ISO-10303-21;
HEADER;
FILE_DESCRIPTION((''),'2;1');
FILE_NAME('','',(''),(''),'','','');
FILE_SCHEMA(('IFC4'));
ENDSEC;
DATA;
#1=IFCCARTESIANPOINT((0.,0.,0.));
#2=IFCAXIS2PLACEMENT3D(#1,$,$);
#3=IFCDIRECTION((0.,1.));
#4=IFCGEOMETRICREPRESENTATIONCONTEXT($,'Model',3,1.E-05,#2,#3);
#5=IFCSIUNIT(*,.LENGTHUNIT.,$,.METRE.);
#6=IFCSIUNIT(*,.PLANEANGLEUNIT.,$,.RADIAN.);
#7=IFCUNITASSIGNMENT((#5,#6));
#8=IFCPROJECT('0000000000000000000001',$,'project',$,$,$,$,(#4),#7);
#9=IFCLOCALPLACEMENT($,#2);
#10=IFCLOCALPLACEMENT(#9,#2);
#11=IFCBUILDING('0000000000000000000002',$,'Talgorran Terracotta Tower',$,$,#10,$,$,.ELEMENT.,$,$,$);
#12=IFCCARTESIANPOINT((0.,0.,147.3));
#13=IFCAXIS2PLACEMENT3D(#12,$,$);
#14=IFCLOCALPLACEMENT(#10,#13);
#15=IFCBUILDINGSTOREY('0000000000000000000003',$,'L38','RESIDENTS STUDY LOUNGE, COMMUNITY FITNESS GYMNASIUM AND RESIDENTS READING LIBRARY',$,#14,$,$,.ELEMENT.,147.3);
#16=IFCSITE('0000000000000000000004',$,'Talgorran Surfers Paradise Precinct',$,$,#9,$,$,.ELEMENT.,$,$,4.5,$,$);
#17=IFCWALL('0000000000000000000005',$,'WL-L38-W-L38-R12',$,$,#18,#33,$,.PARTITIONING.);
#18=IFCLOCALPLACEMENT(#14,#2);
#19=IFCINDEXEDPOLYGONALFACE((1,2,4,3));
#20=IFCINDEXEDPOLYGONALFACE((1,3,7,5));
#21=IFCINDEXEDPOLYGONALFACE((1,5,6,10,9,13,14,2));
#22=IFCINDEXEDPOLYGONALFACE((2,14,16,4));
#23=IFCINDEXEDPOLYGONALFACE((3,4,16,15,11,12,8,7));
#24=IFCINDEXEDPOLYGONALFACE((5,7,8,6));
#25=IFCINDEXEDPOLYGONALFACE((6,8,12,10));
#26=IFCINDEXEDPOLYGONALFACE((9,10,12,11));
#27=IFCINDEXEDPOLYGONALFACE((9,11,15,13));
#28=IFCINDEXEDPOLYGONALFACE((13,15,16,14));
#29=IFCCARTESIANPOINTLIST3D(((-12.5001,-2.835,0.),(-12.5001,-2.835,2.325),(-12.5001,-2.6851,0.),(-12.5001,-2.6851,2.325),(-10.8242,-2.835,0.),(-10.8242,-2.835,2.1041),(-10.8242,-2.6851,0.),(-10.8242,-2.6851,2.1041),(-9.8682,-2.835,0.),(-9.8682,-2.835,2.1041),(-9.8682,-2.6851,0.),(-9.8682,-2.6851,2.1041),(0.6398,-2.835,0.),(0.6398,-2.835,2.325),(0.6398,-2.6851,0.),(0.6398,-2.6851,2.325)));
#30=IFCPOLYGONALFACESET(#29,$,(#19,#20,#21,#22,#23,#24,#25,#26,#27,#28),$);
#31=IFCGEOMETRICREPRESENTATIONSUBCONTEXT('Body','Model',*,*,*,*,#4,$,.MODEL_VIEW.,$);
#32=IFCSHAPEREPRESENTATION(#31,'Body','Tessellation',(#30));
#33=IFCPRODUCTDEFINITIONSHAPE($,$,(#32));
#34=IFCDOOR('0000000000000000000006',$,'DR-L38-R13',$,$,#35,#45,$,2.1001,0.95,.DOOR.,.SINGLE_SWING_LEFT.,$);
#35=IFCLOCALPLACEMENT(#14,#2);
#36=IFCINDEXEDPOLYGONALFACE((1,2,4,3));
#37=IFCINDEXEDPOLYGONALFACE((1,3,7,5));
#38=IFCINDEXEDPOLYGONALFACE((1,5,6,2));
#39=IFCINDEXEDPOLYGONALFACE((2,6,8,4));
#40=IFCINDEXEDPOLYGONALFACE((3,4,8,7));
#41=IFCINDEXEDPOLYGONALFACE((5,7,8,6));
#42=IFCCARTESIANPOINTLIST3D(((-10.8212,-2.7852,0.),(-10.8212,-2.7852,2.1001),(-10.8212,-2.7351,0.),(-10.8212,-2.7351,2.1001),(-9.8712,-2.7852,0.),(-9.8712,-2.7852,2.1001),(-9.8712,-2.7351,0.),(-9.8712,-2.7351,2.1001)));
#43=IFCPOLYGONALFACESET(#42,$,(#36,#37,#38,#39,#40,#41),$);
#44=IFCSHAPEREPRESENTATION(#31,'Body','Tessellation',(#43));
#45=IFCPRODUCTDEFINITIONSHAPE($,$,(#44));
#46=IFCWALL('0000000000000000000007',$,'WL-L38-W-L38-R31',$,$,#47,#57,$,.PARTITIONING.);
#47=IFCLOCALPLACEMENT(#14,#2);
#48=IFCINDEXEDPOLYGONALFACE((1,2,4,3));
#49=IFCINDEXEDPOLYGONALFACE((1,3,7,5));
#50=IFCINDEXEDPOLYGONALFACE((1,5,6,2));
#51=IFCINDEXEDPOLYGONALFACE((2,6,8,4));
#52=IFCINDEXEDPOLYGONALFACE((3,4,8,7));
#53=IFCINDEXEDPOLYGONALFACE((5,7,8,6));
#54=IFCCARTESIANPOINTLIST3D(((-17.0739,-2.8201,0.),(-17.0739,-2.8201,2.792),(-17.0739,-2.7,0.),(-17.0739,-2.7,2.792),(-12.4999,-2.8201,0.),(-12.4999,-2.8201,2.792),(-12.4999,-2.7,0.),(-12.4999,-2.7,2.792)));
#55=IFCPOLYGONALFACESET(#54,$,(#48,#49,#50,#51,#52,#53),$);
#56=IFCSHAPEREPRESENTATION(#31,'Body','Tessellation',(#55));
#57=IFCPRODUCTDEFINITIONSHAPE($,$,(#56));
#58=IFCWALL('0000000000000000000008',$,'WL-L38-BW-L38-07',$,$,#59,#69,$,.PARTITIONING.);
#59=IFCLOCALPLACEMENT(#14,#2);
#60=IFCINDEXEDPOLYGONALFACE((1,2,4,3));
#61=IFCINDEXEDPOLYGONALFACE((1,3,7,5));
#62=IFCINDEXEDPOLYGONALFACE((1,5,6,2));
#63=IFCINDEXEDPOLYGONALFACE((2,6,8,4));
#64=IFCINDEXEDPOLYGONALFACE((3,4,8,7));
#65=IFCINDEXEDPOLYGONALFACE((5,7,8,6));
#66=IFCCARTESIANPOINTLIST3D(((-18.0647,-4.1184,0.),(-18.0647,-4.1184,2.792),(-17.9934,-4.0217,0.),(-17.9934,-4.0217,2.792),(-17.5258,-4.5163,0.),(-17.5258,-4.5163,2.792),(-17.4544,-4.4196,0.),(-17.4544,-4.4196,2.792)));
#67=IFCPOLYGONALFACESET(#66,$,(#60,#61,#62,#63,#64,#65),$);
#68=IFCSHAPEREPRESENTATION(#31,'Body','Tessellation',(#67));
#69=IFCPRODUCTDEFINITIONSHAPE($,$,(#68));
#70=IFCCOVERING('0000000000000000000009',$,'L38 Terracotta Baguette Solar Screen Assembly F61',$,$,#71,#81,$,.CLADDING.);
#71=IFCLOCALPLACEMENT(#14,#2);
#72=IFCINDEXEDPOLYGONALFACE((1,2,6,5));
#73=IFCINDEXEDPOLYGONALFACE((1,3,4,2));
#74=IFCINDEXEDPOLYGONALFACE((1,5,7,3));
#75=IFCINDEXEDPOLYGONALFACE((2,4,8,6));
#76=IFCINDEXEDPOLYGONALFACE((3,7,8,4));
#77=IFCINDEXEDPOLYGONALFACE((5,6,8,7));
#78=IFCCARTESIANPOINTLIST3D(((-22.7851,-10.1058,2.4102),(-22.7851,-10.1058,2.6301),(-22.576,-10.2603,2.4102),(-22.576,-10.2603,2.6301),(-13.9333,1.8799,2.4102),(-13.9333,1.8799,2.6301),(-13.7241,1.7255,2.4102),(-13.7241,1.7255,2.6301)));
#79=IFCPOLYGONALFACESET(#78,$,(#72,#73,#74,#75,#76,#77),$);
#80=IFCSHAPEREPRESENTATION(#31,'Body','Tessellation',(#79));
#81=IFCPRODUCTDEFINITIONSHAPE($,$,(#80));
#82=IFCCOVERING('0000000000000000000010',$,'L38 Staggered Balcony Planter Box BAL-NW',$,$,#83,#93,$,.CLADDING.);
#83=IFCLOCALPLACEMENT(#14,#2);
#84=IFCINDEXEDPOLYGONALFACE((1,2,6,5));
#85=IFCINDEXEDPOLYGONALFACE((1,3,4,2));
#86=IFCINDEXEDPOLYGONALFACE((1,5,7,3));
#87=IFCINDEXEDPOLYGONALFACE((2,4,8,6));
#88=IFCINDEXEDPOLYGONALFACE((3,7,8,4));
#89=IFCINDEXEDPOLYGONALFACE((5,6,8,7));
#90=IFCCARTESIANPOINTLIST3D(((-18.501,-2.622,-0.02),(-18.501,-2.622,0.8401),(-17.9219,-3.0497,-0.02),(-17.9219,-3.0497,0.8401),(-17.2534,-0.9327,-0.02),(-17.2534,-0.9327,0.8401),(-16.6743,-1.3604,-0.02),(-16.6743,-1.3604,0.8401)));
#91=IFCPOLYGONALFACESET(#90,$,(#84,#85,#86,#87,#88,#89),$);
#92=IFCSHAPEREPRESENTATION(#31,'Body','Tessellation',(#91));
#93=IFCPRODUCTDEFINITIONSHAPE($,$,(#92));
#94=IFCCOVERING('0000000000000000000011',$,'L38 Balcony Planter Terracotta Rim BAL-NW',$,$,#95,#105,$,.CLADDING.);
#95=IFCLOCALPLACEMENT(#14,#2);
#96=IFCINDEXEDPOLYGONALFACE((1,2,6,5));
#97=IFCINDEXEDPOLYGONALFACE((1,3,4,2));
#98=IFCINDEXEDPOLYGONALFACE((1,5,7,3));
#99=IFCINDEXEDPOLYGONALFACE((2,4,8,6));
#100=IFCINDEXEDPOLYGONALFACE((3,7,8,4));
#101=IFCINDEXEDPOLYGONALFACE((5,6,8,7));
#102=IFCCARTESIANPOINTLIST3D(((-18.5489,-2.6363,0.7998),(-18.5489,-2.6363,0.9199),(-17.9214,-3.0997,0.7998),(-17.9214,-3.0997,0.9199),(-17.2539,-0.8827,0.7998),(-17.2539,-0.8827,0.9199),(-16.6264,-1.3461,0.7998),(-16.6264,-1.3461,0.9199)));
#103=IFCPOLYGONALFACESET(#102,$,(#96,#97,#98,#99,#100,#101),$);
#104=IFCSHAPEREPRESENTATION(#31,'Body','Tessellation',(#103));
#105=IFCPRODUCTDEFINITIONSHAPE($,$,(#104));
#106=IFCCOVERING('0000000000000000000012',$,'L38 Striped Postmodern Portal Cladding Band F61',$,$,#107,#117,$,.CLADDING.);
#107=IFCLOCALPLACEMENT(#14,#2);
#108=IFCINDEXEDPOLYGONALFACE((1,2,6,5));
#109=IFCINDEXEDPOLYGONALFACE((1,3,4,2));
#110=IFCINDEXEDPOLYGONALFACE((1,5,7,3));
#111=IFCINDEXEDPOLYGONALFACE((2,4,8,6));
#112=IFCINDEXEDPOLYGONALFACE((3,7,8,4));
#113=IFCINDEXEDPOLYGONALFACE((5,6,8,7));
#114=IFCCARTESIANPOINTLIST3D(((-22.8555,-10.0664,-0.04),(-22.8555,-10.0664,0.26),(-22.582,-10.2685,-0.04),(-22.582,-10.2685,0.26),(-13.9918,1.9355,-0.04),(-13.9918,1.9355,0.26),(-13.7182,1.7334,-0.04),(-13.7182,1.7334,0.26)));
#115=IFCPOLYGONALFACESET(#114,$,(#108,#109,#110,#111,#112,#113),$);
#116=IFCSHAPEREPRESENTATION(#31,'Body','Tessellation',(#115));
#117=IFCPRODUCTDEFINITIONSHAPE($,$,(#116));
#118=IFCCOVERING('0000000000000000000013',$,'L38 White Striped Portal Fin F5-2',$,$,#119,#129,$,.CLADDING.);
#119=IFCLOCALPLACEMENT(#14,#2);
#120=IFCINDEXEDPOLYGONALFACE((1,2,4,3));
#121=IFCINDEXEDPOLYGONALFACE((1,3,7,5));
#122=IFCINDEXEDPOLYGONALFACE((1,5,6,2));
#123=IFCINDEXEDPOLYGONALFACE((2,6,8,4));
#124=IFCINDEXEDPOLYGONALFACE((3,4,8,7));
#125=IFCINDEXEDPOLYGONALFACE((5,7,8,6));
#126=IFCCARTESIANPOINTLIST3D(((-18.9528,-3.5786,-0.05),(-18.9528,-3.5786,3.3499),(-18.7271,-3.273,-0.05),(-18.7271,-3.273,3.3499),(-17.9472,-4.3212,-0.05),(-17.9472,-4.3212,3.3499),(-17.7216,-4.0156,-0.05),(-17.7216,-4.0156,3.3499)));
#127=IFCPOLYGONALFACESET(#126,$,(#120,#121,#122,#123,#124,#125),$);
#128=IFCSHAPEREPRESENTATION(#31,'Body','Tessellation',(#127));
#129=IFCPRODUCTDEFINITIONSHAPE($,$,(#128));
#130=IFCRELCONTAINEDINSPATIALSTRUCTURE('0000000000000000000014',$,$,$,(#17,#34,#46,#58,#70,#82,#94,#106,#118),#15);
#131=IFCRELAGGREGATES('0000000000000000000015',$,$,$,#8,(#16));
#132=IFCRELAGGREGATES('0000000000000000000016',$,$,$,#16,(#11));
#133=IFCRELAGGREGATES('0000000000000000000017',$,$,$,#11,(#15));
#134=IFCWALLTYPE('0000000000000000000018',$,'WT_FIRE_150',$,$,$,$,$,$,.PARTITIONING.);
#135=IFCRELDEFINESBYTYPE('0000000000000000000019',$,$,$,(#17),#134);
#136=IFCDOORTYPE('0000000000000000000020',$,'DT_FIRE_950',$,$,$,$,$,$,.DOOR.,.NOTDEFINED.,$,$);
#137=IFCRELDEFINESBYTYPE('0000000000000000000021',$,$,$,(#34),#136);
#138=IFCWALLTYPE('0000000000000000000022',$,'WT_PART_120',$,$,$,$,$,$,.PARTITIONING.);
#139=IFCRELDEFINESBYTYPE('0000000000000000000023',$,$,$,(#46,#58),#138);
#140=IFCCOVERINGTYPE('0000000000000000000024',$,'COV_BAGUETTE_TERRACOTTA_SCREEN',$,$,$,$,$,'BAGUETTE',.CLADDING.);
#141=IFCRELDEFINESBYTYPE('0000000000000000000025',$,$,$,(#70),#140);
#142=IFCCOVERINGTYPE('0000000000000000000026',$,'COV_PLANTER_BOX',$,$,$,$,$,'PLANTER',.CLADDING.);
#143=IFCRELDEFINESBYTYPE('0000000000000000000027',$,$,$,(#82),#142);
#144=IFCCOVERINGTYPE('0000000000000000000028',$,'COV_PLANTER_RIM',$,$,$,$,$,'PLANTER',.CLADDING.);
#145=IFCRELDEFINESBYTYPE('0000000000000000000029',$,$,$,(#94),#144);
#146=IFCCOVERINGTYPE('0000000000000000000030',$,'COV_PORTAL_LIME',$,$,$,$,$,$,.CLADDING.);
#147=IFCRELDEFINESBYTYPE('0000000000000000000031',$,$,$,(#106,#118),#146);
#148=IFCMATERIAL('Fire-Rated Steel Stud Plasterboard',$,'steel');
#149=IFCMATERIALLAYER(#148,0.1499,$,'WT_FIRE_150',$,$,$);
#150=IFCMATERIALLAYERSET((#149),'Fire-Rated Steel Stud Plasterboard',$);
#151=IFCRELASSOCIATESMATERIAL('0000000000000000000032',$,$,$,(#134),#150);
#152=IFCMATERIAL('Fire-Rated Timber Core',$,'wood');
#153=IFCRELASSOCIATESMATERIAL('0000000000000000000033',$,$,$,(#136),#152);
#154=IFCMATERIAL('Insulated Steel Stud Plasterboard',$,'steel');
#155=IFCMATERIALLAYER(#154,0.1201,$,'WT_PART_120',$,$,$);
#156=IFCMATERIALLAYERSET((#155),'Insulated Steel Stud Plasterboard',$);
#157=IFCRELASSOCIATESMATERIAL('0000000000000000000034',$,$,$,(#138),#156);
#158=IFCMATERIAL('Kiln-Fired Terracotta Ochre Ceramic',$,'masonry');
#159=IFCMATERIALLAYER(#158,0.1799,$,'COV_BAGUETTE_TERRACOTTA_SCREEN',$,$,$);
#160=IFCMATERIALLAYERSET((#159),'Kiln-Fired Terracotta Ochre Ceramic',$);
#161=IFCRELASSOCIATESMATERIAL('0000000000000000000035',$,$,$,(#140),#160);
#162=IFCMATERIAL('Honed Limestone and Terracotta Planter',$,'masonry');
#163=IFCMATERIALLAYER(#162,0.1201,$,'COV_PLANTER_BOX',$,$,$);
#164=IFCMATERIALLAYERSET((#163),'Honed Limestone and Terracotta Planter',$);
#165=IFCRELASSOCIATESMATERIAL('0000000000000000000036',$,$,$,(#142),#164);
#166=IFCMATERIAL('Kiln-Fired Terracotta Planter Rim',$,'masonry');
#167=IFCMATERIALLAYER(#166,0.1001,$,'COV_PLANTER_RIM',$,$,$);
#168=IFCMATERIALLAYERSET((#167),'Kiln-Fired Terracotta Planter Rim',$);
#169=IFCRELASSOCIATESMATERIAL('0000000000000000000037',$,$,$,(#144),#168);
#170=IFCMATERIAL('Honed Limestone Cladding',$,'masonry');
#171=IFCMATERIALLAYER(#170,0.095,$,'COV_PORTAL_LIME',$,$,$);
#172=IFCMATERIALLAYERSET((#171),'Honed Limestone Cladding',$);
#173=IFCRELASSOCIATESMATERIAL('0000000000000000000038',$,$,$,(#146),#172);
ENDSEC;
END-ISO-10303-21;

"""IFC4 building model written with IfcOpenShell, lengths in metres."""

from ifc_helpers import new_model, si_unit, direction, frame, frame_2d, origin, origin_2d, place, context, subcontext, project, spatial, rectangle, extrude, material, layer, layer_set, type_object, element, fill, save


model = new_model("IFC4")

# Units and contexts
model_context = context("Model", 3, precision=1e-05, world=origin(), true_north=direction((0.0, 1.0)))
body_context = subcontext(model_context, "Body", "Model", "MODEL_VIEW")
ifc_project = project(units=[si_unit("LENGTHUNIT", "METRE"), si_unit("PLANEANGLEUNIT", "RADIAN")], contexts=[model_context])

# Site, building, storey
site_placement = place(None, origin())
site = spatial("IfcSite", under=ifc_project, at=site_placement, Name="Talgorran Surfers Paradise Precinct", CompositionType="ELEMENT", RefElevation=4.5)
building_placement = place(site_placement, origin())
building = spatial("IfcBuilding", under=site, at=building_placement, Name="Talgorran Terracotta Tower", CompositionType="ELEMENT")
storey_placement = place(building_placement, frame((0.0, 0.0, 147.3)))
storey = spatial("IfcBuildingStorey", under=building, at=storey_placement, Name="L38", Description="RESIDENTS STUDY LOUNGE, COMMUNITY FITNESS GYMNASIUM AND RESIDENTS READING LIBRARY", CompositionType="ELEMENT", Elevation=147.3)

# Wall, opening, door
ifc_material_1 = material(Name="Fire-Rated Steel Stud Plasterboard", Category="steel")
ifc_layer_1 = layer(ifc_material_1, 0.1499, Name="WT_FIRE_150")
ifc_layer_set_1 = layer_set([ifc_layer_1], Name="Fire-Rated Steel Stud Plasterboard")
wall_type_1 = type_object("IfcWallType", Name="WT_FIRE_150", PredefinedType="PARTITIONING", material=ifc_layer_set_1)
wall_1_placement = place(storey_placement, frame((-12.5, -2.76, 0.0), z_axis=(0.0, 0.0, 1.0), x_axis=(1.0, 0.0, 0.0)))
wall_1 = element("IfcWall", 1, at=wall_1_placement, inside=storey, type_object=wall_type_1, Name="WL-L38-W-L38-R12", PredefinedType="PARTITIONING", context=body_context, shape_type="SweptSolid", body=[
    extrude(rectangle(XDim=13.1399, YDim=0.1499, at=frame_2d((6.5698, 0.0))), origin(), (0.0, 0.0, 1.0), 2.325),
])
opening_1_placement = place(wall_1_placement, frame((1.6787, 0.0, 0.0)))
opening_1 = element("IfcOpeningElement", 2, at=opening_1_placement, cuts=wall_1, PredefinedType="OPENING", context=body_context, shape_type="SweptSolid", body=[
    extrude(rectangle(XDim=0.956, YDim=2.1041, at=frame_2d((0.4751, 1.052))), frame((0.0, 0.085, 0.0), z_axis=(0.0, -1.0, 0.0), x_axis=(1.0, 0.0, 0.0)), (0.0, 0.0, 1.0), 0.1699),
])
ifc_material_2 = material(Name="Fire-Rated Timber Core", Category="wood")
door_type_1 = type_object("IfcDoorType", Name="DT_FIRE_950", OperationType="NOTDEFINED", PredefinedType="DOOR", material=ifc_material_2)
door_1_placement = place(opening_1_placement, origin())
door_1 = element("IfcDoor", 3, at=door_1_placement, inside=storey, type_object=door_type_1, Name="DR-L38-R13", OperationType="SINGLE_SWING_LEFT", OverallHeight=2.1001, OverallWidth=0.95, PredefinedType="DOOR", context=body_context, shape_type="SweptSolid", body=[
    extrude(rectangle(XDim=0.95, YDim=2.1001, at=frame_2d((0.4751, 1.05))), frame((0.0, 0.0249, 0.0), z_axis=(0.0, -1.0, 0.0), x_axis=(1.0, 0.0, 0.0)), (0.0, 0.0, 1.0), 0.05),
])
fill(opening_1, door_1)

# Walls
ifc_material_3 = material(Name="Insulated Steel Stud Plasterboard", Category="steel")
ifc_layer_2 = layer(ifc_material_3, 0.1201, Name="WT_PART_120")
ifc_layer_set_2 = layer_set([ifc_layer_2], Name="Insulated Steel Stud Plasterboard")
wall_type_2 = type_object("IfcWallType", Name="WT_PART_120", PredefinedType="PARTITIONING", material=ifc_layer_set_2)
wall_2_placement = place(storey_placement, frame((-17.074, -2.76, 0.0), z_axis=(0.0, 0.0, 1.0), x_axis=(1.0, 0.0, 0.0)))
element("IfcWall", 4, at=wall_2_placement, inside=storey, type_object=wall_type_2, Name="WL-L38-W-L38-R31", PredefinedType="PARTITIONING", context=body_context, shape_type="SweptSolid", body=[
    extrude(rectangle(XDim=4.574, YDim=0.1201, at=frame_2d((2.2871, 0.0))), origin(), (0.0, 0.0, 1.0), 2.792),
])
wall_3_placement = place(storey_placement, frame((-18.0291, -4.0701, 0.0), z_axis=(0.0, 0.0, 1.0), x_axis=(0.804524, -0.59392, 0.0)))
element("IfcWall", 5, at=wall_3_placement, inside=storey, type_object=wall_type_2, Name="WL-L38-BW-L38-07", PredefinedType="PARTITIONING", context=body_context, shape_type="SweptSolid", body=[
    extrude(rectangle(XDim=0.6699, YDim=0.1201, at=frame_2d((0.335, 0.0))), origin(), (0.0, 0.0, 1.0), 2.792),
])

# Coverings
ifc_material_4 = material(Name="Kiln-Fired Terracotta Ochre Ceramic", Category="masonry")
ifc_layer_3 = layer(ifc_material_4, 0.1799, Name="COV_BAGUETTE_TERRACOTTA_SCREEN")
ifc_layer_set_3 = layer_set([ifc_layer_3], Name="Kiln-Fired Terracotta Ochre Ceramic")
covering_type_1 = type_object("IfcCoveringType", Name="COV_BAGUETTE_TERRACOTTA_SCREEN", ElementType="BAGUETTE", PredefinedType="CLADDING", material=ifc_layer_set_3)
covering_1_placement = place(storey_placement, frame((-18.2546, -4.1902, 2.4102), z_axis=(0.0, 0.0, 1.0), x_axis=(-0.594079, -0.804407, 0.0)))
element("IfcCovering", 6, at=covering_1_placement, inside=storey, type_object=covering_type_1, Name="L38 Terracotta Baguette Solar Screen Assembly F61", PredefinedType="CLADDING", context=body_context, shape_type="SweptSolid", body=[
    extrude(rectangle(XDim=14.9001, YDim=0.26, at=origin_2d()), origin(), (0.0, 0.0, 1.0), 0.22),
])
ifc_material_5 = material(Name="Honed Limestone and Terracotta Planter", Category="masonry")
ifc_layer_4 = layer(ifc_material_5, 0.1201, Name="COV_PLANTER_BOX")
ifc_layer_set_4 = layer_set([ifc_layer_4], Name="Honed Limestone and Terracotta Planter")
covering_type_2 = type_object("IfcCoveringType", Name="COV_PLANTER_BOX", ElementType="PLANTER", PredefinedType="CLADDING", material=ifc_layer_set_4)
covering_2_placement = place(storey_placement, frame((-17.5876, -1.9912, -0.02), z_axis=(0.0, 0.0, 1.0), x_axis=(-0.594079, -0.804407, 0.0)))
element("IfcCovering", 7, at=covering_2_placement, inside=storey, type_object=covering_type_2, Name="L38 Staggered Balcony Planter Box BAL-NW", PredefinedType="CLADDING", context=body_context, shape_type="SweptSolid", body=[
    extrude(rectangle(XDim=2.1001, YDim=0.72, at=origin_2d()), origin(), (0.0, 0.0, 1.0), 0.8601),
])
ifc_material_6 = material(Name="Kiln-Fired Terracotta Planter Rim", Category="masonry")
ifc_layer_5 = layer(ifc_material_6, 0.1001, Name="COV_PLANTER_RIM")
ifc_layer_set_5 = layer_set([ifc_layer_5], Name="Kiln-Fired Terracotta Planter Rim")
covering_type_3 = type_object("IfcCoveringType", Name="COV_PLANTER_RIM", ElementType="PLANTER", PredefinedType="CLADDING", material=ifc_layer_set_5)
covering_3_placement = place(storey_placement, frame((-17.5876, -1.9912, 0.7998), z_axis=(0.0, 0.0, 1.0), x_axis=(-0.594079, -0.804407, 0.0)))
element("IfcCovering", 8, at=covering_3_placement, inside=storey, type_object=covering_type_3, Name="L38 Balcony Planter Terracotta Rim BAL-NW", PredefinedType="CLADDING", context=body_context, shape_type="SweptSolid", body=[
    extrude(rectangle(XDim=2.1799, YDim=0.78, at=origin_2d()), origin(), (0.0, 0.0, 1.0), 0.1201),
])
ifc_material_7 = material(Name="Honed Limestone Cladding", Category="masonry")
ifc_layer_6 = layer(ifc_material_7, 0.095, Name="COV_PORTAL_LIME")
ifc_layer_set_6 = layer_set([ifc_layer_6], Name="Honed Limestone Cladding")
covering_type_4 = type_object("IfcCoveringType", Name="COV_PORTAL_LIME", PredefinedType="CLADDING", material=ifc_layer_set_6)
covering_4_placement = place(storey_placement, frame((-18.2869, -4.1665, -0.04), z_axis=(0.0, 0.0, 1.0), x_axis=(-0.594079, -0.804407, 0.0)))
element("IfcCovering", 9, at=covering_4_placement, inside=storey, type_object=covering_type_4, Name="L38 Striped Postmodern Portal Cladding Band F61", PredefinedType="CLADDING", context=body_context, shape_type="SweptSolid", body=[
    extrude(rectangle(XDim=14.9202, YDim=0.3401, at=origin_2d()), origin(), (0.0, 0.0, 1.0), 0.3),
])
covering_5_placement = place(storey_placement, frame((-18.3372, -3.7971, -0.05), z_axis=(0.0, 0.0, 1.0), x_axis=(-0.594079, -0.804407, 0.0)))
element("IfcCovering", 10, at=covering_5_placement, inside=storey, type_object=covering_type_4, Name="L38 White Striped Portal Fin F5-2", PredefinedType="CLADDING", context=body_context, shape_type="SweptSolid", body=[
    extrude(rectangle(XDim=0.3799, YDim=1.25, at=origin_2d()), origin(), (0.0, 0.0, 1.0), 3.3999),
])

save(model, "model.ifc")
